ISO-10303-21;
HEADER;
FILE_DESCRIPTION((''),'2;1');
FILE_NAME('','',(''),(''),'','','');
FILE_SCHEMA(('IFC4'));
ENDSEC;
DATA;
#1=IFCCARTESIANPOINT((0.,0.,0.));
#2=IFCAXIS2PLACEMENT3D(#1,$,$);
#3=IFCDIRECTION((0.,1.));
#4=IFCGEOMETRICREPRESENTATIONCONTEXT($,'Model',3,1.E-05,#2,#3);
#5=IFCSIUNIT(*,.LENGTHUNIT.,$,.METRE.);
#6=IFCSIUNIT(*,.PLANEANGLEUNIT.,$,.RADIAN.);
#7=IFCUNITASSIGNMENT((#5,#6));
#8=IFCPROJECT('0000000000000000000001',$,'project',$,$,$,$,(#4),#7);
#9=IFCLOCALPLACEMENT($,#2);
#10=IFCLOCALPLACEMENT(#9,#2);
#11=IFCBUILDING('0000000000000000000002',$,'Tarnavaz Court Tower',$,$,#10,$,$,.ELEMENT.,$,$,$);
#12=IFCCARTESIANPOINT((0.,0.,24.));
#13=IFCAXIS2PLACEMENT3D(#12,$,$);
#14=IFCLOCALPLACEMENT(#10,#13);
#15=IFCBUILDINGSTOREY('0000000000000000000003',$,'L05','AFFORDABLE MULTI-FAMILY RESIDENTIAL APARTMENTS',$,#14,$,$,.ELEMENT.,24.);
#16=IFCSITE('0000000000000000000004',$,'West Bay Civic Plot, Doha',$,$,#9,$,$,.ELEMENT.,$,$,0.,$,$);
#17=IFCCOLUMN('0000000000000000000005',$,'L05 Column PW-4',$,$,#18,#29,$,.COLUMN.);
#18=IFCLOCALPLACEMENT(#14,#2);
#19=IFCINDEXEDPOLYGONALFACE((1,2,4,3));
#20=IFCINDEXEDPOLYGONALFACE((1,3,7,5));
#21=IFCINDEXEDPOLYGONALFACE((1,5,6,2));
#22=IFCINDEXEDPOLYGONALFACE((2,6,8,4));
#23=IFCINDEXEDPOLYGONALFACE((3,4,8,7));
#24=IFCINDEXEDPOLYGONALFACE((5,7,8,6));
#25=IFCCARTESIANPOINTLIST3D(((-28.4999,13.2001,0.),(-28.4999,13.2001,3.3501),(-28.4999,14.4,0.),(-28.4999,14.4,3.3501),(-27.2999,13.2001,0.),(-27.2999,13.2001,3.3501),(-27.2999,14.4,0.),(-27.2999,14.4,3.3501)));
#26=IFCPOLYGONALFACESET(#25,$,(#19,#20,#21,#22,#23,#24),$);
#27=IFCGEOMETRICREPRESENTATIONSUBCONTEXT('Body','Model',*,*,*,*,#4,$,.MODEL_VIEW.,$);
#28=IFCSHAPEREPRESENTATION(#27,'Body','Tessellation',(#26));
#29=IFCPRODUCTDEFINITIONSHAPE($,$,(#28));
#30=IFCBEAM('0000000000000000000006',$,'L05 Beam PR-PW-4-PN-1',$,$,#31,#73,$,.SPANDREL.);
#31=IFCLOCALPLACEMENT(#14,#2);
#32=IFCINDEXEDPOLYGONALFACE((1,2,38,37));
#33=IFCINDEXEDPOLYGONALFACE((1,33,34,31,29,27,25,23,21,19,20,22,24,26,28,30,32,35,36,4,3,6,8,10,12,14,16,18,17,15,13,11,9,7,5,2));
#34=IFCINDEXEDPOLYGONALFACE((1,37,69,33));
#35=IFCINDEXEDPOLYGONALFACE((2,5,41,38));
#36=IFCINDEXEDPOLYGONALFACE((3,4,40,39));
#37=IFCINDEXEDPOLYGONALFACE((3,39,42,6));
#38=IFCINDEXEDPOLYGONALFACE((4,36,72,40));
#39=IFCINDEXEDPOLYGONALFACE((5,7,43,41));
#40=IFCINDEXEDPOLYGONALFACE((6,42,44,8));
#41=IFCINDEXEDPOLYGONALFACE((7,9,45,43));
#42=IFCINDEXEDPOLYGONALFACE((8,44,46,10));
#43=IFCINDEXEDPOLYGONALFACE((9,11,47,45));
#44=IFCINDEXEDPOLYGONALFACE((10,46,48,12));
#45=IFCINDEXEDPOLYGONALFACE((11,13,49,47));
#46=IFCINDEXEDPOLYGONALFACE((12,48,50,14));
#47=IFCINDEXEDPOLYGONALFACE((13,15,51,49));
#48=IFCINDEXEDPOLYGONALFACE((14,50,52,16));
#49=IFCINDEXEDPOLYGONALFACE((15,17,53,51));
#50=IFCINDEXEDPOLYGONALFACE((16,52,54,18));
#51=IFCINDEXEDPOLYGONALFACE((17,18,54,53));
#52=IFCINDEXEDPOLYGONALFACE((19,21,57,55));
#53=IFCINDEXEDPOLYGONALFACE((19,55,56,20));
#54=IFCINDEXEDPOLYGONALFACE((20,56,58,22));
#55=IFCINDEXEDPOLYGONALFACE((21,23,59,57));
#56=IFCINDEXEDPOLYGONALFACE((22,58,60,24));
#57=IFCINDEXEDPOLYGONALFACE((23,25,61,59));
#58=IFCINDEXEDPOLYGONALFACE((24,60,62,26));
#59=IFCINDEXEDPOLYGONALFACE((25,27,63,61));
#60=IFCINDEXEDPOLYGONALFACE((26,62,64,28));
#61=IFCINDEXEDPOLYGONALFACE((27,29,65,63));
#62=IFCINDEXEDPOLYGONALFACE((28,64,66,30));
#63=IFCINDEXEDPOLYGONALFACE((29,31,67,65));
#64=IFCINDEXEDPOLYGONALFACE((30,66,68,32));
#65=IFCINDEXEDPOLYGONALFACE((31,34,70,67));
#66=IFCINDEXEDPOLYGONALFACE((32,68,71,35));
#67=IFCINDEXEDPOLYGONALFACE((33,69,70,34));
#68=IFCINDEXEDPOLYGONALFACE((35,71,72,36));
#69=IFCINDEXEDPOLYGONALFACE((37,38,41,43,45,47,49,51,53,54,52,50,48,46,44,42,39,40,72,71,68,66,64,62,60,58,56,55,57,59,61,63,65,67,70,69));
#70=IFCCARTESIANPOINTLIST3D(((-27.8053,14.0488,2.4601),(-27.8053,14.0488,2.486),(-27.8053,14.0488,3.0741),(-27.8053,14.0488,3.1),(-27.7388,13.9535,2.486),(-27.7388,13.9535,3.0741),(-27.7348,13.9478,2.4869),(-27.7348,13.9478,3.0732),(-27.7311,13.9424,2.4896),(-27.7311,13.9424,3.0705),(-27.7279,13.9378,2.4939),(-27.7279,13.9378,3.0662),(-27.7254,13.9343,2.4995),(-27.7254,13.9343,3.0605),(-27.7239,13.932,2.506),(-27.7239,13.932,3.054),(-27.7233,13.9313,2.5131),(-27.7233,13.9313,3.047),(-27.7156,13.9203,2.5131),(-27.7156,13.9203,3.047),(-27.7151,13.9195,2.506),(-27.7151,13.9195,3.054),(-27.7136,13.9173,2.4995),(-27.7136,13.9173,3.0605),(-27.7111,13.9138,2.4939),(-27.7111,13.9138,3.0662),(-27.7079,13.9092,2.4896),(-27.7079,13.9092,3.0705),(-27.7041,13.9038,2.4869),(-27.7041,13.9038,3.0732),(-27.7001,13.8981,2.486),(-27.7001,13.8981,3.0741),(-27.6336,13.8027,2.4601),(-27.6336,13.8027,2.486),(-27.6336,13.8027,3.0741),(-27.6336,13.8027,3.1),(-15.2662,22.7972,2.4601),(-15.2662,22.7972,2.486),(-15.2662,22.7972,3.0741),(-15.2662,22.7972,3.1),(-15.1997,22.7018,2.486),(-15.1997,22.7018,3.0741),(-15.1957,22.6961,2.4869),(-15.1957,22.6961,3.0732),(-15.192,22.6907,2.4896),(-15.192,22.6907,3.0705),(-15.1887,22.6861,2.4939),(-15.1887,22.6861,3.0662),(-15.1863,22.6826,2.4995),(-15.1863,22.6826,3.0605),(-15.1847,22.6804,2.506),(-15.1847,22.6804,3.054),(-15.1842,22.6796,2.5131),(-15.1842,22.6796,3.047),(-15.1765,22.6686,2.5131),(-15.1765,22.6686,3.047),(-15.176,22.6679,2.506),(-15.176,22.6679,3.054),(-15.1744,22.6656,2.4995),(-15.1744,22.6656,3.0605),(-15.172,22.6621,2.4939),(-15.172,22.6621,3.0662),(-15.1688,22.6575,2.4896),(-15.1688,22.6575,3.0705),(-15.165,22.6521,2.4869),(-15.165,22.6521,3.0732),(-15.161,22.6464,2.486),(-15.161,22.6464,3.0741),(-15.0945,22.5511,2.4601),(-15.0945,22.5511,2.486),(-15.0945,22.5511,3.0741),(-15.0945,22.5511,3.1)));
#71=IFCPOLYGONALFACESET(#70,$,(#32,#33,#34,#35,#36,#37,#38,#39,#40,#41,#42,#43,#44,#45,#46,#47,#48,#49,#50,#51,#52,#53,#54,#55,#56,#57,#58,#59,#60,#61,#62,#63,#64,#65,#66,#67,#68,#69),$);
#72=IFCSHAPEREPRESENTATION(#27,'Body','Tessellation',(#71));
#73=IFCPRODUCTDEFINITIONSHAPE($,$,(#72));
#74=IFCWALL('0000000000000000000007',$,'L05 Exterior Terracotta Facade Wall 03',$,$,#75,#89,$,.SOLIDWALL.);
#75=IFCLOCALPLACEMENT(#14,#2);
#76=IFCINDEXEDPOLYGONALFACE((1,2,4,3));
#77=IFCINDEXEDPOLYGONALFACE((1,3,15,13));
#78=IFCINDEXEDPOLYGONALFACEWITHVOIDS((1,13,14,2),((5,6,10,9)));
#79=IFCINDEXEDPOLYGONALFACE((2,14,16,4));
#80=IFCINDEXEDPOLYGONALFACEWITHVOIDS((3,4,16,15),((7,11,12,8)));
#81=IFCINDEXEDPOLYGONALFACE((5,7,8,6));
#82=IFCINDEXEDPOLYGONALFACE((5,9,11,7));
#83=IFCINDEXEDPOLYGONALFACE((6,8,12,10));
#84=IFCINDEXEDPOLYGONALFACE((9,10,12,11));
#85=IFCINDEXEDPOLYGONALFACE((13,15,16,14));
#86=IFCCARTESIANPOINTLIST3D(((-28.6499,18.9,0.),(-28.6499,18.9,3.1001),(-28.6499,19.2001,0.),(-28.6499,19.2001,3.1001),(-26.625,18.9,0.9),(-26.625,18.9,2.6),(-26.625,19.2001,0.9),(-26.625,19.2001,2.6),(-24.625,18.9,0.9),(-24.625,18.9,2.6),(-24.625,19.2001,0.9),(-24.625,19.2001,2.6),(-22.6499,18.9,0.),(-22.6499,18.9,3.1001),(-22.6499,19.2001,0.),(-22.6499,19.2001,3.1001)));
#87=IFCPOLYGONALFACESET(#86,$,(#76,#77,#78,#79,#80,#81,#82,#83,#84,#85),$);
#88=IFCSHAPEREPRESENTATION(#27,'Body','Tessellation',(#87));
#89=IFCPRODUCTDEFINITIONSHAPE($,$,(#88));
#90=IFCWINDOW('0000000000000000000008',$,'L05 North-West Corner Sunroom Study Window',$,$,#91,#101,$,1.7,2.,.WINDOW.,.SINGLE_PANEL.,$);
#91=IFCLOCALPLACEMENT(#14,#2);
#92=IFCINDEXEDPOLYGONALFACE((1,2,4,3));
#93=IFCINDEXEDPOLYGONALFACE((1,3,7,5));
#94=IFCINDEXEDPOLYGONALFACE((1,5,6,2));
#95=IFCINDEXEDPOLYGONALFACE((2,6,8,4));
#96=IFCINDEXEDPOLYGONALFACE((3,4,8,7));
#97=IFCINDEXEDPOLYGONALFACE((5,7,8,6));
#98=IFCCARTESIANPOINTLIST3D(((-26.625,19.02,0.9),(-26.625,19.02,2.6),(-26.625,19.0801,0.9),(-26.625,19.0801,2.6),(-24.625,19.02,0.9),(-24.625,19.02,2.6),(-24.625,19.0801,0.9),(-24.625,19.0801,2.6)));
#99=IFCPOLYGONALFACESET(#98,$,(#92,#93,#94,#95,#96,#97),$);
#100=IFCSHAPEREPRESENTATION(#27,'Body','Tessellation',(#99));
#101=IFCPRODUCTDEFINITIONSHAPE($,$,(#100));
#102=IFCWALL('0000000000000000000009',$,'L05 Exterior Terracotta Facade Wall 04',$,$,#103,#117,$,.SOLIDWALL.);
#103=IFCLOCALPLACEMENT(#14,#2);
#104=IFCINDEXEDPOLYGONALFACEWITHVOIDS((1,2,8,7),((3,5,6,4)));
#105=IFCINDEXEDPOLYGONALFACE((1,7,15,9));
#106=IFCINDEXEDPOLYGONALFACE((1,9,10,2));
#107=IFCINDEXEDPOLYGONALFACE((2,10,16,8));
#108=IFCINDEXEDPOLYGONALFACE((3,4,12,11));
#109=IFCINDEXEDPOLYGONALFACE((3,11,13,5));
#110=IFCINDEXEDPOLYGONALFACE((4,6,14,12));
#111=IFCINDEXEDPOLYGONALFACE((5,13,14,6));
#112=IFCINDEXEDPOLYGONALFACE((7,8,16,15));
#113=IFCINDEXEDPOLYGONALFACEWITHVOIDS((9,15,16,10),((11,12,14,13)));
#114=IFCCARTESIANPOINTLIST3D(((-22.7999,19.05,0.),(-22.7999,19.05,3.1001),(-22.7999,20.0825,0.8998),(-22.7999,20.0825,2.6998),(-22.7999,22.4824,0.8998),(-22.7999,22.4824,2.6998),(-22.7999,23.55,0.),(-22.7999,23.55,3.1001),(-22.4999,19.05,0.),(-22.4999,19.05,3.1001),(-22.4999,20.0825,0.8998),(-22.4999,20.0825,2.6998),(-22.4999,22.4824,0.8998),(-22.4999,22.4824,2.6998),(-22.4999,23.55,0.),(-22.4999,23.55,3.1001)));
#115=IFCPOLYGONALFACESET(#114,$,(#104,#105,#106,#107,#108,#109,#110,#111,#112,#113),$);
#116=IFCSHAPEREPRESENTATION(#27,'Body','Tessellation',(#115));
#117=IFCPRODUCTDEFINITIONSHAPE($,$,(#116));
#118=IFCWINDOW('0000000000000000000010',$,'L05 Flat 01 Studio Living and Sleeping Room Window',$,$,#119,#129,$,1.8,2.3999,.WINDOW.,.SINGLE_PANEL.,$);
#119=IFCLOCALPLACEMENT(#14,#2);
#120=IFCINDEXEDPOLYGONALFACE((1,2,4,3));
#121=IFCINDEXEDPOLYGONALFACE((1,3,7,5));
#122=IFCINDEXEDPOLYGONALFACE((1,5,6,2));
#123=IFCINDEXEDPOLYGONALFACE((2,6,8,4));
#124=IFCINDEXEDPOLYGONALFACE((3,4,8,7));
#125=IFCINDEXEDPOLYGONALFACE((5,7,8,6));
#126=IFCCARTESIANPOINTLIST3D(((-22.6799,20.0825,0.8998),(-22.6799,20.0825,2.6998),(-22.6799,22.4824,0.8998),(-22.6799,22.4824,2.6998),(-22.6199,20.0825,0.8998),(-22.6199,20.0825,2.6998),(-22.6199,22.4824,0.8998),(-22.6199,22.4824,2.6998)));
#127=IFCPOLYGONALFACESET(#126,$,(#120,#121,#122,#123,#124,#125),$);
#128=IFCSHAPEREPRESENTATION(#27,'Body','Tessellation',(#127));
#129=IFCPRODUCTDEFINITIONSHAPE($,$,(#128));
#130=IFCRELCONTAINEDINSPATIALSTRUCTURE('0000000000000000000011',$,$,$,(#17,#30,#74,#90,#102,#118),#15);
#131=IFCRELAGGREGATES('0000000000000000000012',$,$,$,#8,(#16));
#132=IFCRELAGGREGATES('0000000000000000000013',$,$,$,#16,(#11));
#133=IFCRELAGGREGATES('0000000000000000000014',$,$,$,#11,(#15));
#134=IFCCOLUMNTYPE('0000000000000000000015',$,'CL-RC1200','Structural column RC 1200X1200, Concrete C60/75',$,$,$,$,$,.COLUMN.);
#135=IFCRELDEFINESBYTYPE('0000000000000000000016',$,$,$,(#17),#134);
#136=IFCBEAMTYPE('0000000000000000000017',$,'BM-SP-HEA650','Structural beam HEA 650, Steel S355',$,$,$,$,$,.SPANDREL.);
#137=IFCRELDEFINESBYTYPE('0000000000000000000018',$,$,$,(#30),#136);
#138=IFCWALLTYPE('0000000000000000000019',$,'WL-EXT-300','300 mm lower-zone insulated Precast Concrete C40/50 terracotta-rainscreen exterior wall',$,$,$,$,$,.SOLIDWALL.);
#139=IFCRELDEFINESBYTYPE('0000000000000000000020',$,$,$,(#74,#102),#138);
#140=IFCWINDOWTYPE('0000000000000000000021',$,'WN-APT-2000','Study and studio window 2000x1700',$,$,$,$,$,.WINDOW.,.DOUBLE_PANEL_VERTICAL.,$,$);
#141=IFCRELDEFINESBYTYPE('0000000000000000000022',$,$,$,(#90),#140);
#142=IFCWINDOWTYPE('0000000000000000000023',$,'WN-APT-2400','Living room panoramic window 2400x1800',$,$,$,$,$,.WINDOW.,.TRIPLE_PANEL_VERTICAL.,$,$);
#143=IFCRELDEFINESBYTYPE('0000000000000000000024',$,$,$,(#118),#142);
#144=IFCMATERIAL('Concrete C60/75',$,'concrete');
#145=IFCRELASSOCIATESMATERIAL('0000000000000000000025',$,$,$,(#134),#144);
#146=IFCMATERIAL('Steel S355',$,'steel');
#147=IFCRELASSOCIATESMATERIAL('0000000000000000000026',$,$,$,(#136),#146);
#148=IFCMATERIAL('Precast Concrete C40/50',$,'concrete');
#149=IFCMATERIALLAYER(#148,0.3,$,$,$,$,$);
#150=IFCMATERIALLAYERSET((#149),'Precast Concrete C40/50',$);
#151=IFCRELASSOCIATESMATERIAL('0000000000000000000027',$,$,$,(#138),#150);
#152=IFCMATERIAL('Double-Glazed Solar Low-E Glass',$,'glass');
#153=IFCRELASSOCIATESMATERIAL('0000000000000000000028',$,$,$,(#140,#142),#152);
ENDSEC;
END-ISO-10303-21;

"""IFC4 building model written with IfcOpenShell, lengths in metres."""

from ifc_helpers import new_model, si_unit, direction, frame, frame_2d, origin, origin_2d, place, context, subcontext, project, spatial, rectangle, i_section, extrude, material, layer, layer_set, material_profile, profile_set, type_object, element, fill, save


model = new_model("IFC4")

# Units and contexts
model_context = context("Model", 3, precision=1e-05, world=origin(), true_north=direction((0.0, 1.0)))
body_context = subcontext(model_context, "Body", "Model", "MODEL_VIEW")
ifc_project = project(units=[si_unit("LENGTHUNIT", "METRE"), si_unit("PLANEANGLEUNIT", "RADIAN")], contexts=[model_context])

# Site, building, storey
site_placement = place(None, origin())
site = spatial("IfcSite", under=ifc_project, at=site_placement, Name="West Bay Civic Plot, Doha", CompositionType="ELEMENT", RefElevation=0.0)
building_placement = place(site_placement, origin())
building = spatial("IfcBuilding", under=site, at=building_placement, Name="Tarnavaz Court Tower", CompositionType="ELEMENT")
storey_placement = place(building_placement, frame((0.0, 0.0, 24.0)))
storey = spatial("IfcBuildingStorey", under=building, at=storey_placement, Name="L05", Description="AFFORDABLE MULTI-FAMILY RESIDENTIAL APARTMENTS", CompositionType="ELEMENT", Elevation=24.0)

# Column
ifc_material_1 = material(Name="Concrete C60/75", Category="concrete")
ifc_material_profile_1 = material_profile(ifc_material_1, rectangle(XDim=1.2, YDim=1.2, at=origin_2d()), Name="RC 1200X1200")
ifc_profile_set_1 = profile_set([ifc_material_profile_1], Name="Concrete C60/75")
column_type = type_object("IfcColumnType", Name="CL-RC1200", Description="Structural column RC 1200X1200, Concrete C60/75", PredefinedType="COLUMN", material=ifc_profile_set_1)
column_placement = place(storey_placement, frame((-27.8999, 13.8, 0.0), z_axis=(0.0, 0.0, 1.0), x_axis=(1.0, 0.0, 0.0)))
element("IfcColumn", 1, at=column_placement, inside=storey, type_object=column_type, Name="L05 Column PW-4", PredefinedType="COLUMN", context=body_context, shape_type="SweptSolid", body=[
    extrude(rectangle(XDim=1.2, YDim=1.2, at=origin_2d()), origin(), (0.0, 0.0, 1.0), 3.3501),
])

# Beam
ifc_material_2 = material(Name="Steel S355", Category="steel")
ifc_material_profile_2 = material_profile(ifc_material_2, i_section(OverallWidth=0.3, OverallDepth=0.6399, WebThickness=0.0134, FlangeThickness=0.0259, FilletRadius=0.0271, at=origin_2d()), Name="HEA 650")
ifc_profile_set_2 = profile_set([ifc_material_profile_2], Name="Steel S355")
beam_type = type_object("IfcBeamType", Name="BM-SP-HEA650", Description="Structural beam HEA 650, Steel S355", PredefinedType="SPANDREL", material=ifc_profile_set_2)
beam_placement = place(storey_placement, frame((-27.7195, 13.9258, 2.78), z_axis=(0.820124, 0.572186, 0.0), x_axis=(-0.572186, 0.820124, 0.0)))
element("IfcBeam", 2, at=beam_placement, inside=storey, type_object=beam_type, Name="L05 Beam PR-PW-4-PN-1", PredefinedType="SPANDREL", context=body_context, shape_type="SweptSolid", body=[
    extrude(i_section(OverallWidth=0.3, OverallDepth=0.6399, WebThickness=0.0134, FlangeThickness=0.0259, FilletRadius=0.0271, at=origin_2d()), origin(), (0.0, 0.0, 1.0), 15.2893),
])

# Walls, openings, windows
ifc_material_3 = material(Name="Precast Concrete C40/50", Category="concrete")
ifc_layer_1 = layer(ifc_material_3, 0.3)
ifc_layer_set_1 = layer_set([ifc_layer_1], Name="Precast Concrete C40/50")
wall_type_1 = type_object("IfcWallType", Name="WL-EXT-300", Description="300 mm lower-zone insulated Precast Concrete C40/50 terracotta-rainscreen exterior wall", PredefinedType="SOLIDWALL", material=ifc_layer_set_1)
wall_1_placement = place(storey_placement, frame((-28.6499, 19.05, 0.0), z_axis=(0.0, 0.0, 1.0), x_axis=(1.0, 0.0, 0.0)))
wall_1 = element("IfcWall", 3, at=wall_1_placement, inside=storey, type_object=wall_type_1, Name="L05 Exterior Terracotta Facade Wall 03", PredefinedType="SOLIDWALL", context=body_context, shape_type="SweptSolid", body=[
    extrude(rectangle(XDim=6.0, YDim=0.3, at=frame_2d((3.0, 0.0))), origin(), (0.0, 0.0, 1.0), 3.1001),
])
opening_1_placement = place(wall_1_placement, frame((2.0249, 0.0, 0.8999)))
opening_1 = element("IfcOpeningElement", 4, at=opening_1_placement, cuts=wall_1, PredefinedType="OPENING", context=body_context, shape_type="SweptSolid", body=[
    extrude(rectangle(XDim=2.0, YDim=1.7, at=frame_2d((1.0, 0.8501))), frame((0.0, 0.1599, 0.0), z_axis=(0.0, -1.0, 0.0), x_axis=(1.0, 0.0, 0.0)), (0.0, 0.0, 1.0), 0.3201),
])
ifc_material_4 = material(Name="Double-Glazed Solar Low-E Glass", Category="glass")
window_type_1 = type_object("IfcWindowType", Name="WN-APT-2000", Description="Study and studio window 2000x1700", PartitioningType="DOUBLE_PANEL_VERTICAL", PredefinedType="WINDOW", material=ifc_material_4)
window_1_placement = place(opening_1_placement, origin())
window_1 = element("IfcWindow", 5, at=window_1_placement, inside=storey, type_object=window_type_1, Name="L05 North-West Corner Sunroom Study Window", OverallHeight=1.7, OverallWidth=2.0, PartitioningType="SINGLE_PANEL", PredefinedType="WINDOW", context=body_context, shape_type="SweptSolid", body=[
    extrude(rectangle(XDim=2.0, YDim=1.7, at=frame_2d((1.0, 0.8501))), frame((0.0, 0.03, 0.0), z_axis=(0.0, -1.0, 0.0), x_axis=(1.0, 0.0, 0.0)), (0.0, 0.0, 1.0), 0.0601),
])
fill(opening_1, window_1)
wall_2_placement = place(storey_placement, frame((-22.6499, 19.05, 0.0), z_axis=(0.0, 0.0, 1.0), x_axis=(0.0, 1.0, 0.0)))
wall_2 = element("IfcWall", 6, at=wall_2_placement, inside=storey, type_object=wall_type_1, Name="L05 Exterior Terracotta Facade Wall 04", PredefinedType="SOLIDWALL", context=body_context, shape_type="SweptSolid", body=[
    extrude(rectangle(XDim=4.5, YDim=0.3, at=frame_2d((2.25, 0.0))), origin(), (0.0, 0.0, 1.0), 3.1001),
])
opening_2_placement = place(wall_2_placement, frame((1.0325, 0.0, 0.8999)))
opening_2 = element("IfcOpeningElement", 7, at=opening_2_placement, cuts=wall_2, PredefinedType="OPENING", context=body_context, shape_type="SweptSolid", body=[
    extrude(rectangle(XDim=2.3999, YDim=1.8, at=frame_2d((1.2, 0.8999))), frame((0.0, 0.1599, 0.0), z_axis=(0.0, -1.0, 0.0), x_axis=(1.0, 0.0, 0.0)), (0.0, 0.0, 1.0), 0.3201),
])
window_type_2 = type_object("IfcWindowType", Name="WN-APT-2400", Description="Living room panoramic window 2400x1800", PartitioningType="TRIPLE_PANEL_VERTICAL", PredefinedType="WINDOW", material=ifc_material_4)
window_2_placement = place(opening_2_placement, origin())
window_2 = element("IfcWindow", 8, at=window_2_placement, inside=storey, type_object=window_type_2, Name="L05 Flat 01 Studio Living and Sleeping Room Window", OverallHeight=1.8, OverallWidth=2.3999, PartitioningType="SINGLE_PANEL", PredefinedType="WINDOW", context=body_context, shape_type="SweptSolid", body=[
    extrude(rectangle(XDim=2.3999, YDim=1.8, at=frame_2d((1.2, 0.8999))), frame((0.0, 0.03, 0.0), z_axis=(0.0, -1.0, 0.0), x_axis=(1.0, 0.0, 0.0)), (0.0, 0.0, 1.0), 0.0601),
])
fill(opening_2, window_2)

save(model, "model.ifc")
